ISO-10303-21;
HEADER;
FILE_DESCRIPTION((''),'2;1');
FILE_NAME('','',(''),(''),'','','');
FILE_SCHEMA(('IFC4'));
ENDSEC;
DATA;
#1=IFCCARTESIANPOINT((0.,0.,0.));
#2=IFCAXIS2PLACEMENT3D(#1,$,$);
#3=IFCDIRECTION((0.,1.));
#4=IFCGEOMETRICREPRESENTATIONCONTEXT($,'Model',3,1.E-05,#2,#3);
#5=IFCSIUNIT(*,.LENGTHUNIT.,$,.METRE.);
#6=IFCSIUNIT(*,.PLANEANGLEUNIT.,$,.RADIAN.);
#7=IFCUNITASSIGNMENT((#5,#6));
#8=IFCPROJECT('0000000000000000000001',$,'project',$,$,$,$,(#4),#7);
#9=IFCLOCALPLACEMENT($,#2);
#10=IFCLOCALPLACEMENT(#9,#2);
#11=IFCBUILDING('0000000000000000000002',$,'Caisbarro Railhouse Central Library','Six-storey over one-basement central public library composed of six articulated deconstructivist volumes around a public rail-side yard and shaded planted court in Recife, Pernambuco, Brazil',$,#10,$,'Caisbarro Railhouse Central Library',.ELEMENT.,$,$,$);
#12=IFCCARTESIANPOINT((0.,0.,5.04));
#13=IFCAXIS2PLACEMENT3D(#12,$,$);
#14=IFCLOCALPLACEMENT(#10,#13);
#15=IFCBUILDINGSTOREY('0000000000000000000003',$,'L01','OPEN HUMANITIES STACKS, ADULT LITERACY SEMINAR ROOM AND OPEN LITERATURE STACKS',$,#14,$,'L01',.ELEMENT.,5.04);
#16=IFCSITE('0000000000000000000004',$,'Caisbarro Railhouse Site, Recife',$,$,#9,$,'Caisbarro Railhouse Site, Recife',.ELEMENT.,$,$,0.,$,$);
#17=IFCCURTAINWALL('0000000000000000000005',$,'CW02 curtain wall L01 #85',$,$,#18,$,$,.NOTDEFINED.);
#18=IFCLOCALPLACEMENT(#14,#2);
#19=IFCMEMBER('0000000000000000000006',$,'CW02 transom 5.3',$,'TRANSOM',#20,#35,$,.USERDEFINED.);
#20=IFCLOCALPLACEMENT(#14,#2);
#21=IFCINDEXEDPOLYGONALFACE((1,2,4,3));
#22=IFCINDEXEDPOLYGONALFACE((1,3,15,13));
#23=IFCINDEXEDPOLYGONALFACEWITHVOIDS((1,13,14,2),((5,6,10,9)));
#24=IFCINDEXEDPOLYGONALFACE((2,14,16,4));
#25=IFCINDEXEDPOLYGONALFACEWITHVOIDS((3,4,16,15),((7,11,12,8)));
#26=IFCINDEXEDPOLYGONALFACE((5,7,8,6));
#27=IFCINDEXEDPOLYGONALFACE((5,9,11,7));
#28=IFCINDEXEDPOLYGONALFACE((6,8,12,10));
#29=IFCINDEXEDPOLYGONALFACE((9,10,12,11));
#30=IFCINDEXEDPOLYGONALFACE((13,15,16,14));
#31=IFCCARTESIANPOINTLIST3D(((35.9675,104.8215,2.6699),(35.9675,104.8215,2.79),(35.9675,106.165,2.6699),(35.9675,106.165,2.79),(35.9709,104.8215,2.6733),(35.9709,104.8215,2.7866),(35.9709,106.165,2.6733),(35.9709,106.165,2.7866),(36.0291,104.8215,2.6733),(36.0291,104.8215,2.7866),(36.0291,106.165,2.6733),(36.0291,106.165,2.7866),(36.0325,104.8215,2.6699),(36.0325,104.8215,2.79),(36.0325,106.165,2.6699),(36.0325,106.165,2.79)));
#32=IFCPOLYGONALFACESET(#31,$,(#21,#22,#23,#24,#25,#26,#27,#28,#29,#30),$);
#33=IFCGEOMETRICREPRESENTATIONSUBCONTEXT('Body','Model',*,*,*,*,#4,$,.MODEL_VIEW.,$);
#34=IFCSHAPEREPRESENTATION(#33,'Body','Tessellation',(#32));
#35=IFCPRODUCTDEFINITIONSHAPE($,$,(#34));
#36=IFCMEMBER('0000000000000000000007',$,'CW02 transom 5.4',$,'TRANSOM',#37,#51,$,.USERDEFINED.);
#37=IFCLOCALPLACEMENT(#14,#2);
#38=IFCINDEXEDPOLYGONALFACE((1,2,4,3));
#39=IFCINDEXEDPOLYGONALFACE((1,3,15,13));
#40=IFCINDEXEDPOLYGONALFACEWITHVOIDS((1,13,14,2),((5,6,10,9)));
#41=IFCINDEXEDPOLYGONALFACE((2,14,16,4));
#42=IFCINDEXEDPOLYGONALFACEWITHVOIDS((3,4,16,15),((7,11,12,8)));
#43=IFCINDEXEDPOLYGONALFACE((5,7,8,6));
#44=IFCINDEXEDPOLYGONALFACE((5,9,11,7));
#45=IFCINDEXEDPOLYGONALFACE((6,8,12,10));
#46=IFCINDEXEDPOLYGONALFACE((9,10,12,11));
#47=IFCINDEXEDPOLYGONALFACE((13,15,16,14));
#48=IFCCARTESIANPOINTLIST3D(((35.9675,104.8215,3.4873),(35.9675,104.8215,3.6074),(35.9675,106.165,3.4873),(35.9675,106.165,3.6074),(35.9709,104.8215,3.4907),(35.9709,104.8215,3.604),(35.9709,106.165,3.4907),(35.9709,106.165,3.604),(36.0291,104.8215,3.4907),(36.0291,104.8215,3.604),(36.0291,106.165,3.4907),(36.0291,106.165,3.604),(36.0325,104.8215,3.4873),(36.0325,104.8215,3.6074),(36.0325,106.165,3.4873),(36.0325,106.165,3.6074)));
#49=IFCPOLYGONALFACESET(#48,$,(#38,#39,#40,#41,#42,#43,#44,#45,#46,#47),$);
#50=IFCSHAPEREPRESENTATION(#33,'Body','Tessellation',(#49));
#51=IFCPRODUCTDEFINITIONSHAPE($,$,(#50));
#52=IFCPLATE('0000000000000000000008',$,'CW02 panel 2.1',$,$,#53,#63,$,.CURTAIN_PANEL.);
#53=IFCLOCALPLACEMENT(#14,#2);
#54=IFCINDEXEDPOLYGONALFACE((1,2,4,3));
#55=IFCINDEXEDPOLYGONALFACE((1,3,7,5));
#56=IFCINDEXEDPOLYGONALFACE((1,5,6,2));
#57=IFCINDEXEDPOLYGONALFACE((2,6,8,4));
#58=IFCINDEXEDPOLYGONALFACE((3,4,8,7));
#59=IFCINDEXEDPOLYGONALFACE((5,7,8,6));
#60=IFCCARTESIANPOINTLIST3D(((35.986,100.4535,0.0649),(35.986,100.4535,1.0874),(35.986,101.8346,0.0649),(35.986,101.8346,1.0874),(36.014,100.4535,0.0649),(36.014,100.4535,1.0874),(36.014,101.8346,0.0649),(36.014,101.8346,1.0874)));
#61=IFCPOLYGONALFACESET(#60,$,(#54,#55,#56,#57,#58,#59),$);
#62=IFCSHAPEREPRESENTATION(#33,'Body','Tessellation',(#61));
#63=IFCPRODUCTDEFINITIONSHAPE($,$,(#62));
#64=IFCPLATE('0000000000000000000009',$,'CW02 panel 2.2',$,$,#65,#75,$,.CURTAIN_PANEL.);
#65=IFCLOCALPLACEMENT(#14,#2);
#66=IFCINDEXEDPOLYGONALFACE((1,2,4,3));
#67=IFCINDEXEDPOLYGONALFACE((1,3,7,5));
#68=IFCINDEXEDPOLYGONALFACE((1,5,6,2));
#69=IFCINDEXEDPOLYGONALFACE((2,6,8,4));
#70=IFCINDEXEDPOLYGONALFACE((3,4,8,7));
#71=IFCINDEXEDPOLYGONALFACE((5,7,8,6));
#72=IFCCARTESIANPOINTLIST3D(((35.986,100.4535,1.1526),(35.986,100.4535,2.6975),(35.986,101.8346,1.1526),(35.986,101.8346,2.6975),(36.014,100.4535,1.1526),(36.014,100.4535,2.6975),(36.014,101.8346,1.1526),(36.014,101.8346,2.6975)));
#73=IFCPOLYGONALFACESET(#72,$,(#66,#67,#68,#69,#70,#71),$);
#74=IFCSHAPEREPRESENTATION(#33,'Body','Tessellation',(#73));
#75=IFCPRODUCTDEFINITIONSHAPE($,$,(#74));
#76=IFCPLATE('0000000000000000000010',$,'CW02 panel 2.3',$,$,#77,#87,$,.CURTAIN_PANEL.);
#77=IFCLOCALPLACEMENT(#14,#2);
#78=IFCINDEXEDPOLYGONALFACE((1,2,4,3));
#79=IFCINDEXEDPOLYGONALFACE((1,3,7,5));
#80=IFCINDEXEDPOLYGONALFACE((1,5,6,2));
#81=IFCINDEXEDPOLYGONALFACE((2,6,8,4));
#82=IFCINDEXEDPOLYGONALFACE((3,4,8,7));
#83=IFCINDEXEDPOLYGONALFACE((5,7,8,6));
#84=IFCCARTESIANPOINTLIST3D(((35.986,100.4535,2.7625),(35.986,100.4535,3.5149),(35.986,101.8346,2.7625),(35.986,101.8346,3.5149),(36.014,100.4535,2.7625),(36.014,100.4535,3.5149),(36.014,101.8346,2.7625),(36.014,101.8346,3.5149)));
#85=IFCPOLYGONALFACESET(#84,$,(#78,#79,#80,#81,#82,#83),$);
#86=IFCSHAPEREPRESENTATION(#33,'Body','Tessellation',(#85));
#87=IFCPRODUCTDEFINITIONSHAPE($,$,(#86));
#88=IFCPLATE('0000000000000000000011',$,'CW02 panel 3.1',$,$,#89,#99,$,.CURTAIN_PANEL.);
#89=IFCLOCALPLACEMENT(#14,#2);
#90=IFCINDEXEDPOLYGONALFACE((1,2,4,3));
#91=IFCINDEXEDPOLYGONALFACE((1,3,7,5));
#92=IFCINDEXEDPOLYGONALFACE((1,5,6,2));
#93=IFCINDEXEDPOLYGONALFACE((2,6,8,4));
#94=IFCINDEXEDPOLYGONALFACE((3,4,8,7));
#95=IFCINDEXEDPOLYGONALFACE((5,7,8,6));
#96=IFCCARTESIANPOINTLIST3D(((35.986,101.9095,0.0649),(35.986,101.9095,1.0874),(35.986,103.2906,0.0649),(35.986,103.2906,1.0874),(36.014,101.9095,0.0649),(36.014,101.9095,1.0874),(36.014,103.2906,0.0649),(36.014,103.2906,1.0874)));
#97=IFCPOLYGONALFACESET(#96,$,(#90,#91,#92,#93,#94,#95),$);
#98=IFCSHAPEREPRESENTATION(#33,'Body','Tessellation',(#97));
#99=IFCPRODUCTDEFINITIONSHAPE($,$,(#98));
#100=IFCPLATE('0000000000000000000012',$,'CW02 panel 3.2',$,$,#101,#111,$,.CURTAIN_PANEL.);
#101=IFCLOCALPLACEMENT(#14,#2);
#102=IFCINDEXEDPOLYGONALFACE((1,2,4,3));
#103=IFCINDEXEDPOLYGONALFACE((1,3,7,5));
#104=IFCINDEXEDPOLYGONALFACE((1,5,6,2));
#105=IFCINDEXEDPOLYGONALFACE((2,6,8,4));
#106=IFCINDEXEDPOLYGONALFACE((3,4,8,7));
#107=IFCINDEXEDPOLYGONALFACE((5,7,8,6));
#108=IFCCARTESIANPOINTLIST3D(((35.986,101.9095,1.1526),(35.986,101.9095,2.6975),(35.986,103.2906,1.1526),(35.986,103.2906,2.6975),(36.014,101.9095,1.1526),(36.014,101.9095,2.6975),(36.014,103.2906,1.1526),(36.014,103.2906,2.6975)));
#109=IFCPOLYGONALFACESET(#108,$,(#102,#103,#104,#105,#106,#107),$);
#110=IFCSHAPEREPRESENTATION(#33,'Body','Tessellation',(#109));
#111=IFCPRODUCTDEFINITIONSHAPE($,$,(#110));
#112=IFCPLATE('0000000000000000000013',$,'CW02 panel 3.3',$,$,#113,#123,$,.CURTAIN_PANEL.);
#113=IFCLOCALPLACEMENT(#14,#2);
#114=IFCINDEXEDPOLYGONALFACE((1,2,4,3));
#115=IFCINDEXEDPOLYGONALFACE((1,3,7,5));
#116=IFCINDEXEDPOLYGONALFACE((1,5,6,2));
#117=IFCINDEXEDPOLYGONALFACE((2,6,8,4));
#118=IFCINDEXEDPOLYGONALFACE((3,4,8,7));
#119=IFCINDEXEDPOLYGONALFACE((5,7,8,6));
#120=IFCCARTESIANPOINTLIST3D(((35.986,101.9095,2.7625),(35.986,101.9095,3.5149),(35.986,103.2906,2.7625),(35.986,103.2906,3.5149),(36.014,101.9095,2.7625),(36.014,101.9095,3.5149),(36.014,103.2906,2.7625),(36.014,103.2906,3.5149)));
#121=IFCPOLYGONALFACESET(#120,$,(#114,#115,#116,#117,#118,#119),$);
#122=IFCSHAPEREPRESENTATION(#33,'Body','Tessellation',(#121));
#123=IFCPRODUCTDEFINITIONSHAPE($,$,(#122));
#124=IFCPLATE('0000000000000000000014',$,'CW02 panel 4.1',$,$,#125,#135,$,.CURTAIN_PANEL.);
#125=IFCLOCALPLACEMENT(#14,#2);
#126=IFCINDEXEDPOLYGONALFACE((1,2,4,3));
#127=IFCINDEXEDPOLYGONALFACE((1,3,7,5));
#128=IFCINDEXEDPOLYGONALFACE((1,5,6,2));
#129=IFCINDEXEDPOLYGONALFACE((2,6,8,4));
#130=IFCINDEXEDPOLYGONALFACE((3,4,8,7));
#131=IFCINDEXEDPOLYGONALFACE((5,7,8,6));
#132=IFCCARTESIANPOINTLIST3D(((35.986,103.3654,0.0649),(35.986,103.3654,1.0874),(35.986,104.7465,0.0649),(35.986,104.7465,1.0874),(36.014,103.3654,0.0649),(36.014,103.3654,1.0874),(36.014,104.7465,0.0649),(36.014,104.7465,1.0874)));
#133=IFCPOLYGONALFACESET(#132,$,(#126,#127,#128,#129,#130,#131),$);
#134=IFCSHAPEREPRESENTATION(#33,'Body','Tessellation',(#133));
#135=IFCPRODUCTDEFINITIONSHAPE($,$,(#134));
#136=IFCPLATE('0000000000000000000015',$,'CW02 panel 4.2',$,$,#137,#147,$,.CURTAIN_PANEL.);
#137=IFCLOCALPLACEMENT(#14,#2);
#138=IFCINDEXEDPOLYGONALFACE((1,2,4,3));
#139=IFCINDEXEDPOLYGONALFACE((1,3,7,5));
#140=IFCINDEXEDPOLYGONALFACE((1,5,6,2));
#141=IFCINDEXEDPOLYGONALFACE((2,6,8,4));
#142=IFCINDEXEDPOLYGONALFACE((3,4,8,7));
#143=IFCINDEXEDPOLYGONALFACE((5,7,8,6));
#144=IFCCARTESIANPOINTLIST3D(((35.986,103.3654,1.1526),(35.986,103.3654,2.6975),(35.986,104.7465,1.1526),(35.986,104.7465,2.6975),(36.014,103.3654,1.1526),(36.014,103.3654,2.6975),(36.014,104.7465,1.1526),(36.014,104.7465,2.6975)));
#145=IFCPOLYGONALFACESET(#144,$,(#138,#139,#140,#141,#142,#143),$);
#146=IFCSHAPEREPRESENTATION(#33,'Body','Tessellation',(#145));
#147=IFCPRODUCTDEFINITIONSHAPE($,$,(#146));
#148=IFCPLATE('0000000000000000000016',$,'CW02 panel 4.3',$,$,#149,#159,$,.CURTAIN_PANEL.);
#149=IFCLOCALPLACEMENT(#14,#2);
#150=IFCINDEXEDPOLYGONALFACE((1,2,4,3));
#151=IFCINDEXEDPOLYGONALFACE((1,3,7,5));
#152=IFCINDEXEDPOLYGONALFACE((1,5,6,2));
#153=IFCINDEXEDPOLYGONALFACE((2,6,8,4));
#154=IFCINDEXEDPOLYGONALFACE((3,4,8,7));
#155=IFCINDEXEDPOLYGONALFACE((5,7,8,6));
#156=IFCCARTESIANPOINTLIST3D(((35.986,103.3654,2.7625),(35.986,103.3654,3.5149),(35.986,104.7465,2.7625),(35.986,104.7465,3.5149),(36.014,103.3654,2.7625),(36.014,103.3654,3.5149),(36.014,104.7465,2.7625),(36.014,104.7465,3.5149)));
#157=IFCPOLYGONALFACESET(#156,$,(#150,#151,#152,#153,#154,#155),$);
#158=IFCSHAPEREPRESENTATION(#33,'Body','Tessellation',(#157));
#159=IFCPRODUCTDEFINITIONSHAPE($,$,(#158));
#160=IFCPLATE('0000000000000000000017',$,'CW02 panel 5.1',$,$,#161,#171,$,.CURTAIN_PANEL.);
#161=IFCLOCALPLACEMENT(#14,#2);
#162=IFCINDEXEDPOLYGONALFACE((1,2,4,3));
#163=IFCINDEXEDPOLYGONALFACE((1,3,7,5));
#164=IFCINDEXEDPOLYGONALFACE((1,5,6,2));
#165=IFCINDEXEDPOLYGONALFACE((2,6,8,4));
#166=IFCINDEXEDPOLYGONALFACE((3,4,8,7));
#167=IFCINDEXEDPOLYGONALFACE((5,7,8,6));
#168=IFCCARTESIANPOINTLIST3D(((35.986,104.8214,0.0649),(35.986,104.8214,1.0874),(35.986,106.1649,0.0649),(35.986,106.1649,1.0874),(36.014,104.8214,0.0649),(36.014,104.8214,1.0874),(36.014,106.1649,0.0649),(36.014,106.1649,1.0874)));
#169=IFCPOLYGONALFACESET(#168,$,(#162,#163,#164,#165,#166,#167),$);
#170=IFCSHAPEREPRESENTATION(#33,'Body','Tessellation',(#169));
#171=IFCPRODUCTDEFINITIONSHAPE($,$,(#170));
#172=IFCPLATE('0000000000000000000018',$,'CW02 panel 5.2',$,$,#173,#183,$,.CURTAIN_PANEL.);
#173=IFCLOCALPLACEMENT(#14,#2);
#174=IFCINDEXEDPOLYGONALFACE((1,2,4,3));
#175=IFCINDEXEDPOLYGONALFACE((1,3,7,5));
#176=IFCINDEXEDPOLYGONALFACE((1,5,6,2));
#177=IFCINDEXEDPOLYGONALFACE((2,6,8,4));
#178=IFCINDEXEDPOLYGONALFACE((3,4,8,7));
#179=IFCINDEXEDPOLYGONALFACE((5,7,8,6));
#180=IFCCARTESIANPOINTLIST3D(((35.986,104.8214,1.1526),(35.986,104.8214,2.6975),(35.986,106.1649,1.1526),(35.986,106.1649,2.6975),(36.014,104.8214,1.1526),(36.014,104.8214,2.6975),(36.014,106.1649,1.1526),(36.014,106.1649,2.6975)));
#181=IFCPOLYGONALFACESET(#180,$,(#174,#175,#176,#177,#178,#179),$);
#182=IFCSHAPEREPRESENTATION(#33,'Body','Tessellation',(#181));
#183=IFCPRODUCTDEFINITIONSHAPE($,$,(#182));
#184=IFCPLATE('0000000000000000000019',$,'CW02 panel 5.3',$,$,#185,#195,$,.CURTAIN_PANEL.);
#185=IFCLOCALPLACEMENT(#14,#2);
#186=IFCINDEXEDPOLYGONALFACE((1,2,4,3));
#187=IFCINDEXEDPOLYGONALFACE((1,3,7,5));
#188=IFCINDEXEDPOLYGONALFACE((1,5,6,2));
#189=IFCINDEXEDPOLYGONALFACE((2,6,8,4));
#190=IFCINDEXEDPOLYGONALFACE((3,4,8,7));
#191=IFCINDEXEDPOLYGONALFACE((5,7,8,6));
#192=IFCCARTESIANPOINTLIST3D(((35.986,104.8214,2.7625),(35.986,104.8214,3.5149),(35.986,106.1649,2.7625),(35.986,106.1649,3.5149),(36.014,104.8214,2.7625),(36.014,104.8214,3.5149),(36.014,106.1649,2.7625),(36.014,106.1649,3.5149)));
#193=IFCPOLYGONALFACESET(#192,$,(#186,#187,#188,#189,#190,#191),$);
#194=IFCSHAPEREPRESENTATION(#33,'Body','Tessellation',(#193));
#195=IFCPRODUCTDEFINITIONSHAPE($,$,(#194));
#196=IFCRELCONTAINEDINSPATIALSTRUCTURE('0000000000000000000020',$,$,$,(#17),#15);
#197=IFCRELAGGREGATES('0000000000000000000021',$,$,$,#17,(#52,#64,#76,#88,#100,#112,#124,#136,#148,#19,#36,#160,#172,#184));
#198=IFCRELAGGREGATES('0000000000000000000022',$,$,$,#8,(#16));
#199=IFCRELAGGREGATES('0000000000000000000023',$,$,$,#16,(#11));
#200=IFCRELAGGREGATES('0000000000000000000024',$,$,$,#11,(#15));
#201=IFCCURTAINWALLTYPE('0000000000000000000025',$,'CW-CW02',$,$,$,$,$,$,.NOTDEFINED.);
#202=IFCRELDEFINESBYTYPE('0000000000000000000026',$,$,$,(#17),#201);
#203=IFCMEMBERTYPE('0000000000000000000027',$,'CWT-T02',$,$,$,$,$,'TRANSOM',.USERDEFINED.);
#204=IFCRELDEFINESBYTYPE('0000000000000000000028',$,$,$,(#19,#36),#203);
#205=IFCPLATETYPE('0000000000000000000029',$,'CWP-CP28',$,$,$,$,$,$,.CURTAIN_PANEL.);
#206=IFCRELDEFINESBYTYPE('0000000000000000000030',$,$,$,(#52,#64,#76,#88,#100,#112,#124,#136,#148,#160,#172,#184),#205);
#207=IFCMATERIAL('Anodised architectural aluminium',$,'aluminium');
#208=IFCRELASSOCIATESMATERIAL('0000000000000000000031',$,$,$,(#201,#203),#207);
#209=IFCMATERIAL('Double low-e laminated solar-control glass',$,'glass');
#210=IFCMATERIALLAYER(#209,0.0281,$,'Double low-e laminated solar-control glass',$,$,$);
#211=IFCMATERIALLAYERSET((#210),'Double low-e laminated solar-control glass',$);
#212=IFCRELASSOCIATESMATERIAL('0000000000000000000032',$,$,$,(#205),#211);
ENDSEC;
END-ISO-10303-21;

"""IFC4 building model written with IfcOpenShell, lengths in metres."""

from ifc_helpers import new_model, si_unit, direction, frame, origin, origin_2d, place, context, subcontext, project, spatial, rectangle, hollow_rectangle, extrude, material, layer, layer_set, material_profile, profile_set, type_object, element, aggregate, save


model = new_model("IFC4")

# Units and contexts
model_context = context("Model", 3, precision=1e-05, world=origin(), true_north=direction((0.0, 1.0)))
body_context = subcontext(model_context, "Body", "Model", "MODEL_VIEW")
ifc_project = project(units=[si_unit("LENGTHUNIT", "METRE"), si_unit("PLANEANGLEUNIT", "RADIAN")], contexts=[model_context])

# Site, building, storey
site_placement = place(None, origin())
site = spatial("IfcSite", under=ifc_project, at=site_placement, Name="Caisbarro Railhouse Site, Recife", LongName="Caisbarro Railhouse Site, Recife", CompositionType="ELEMENT", RefElevation=0.0)
building_placement = place(site_placement, origin())
building = spatial("IfcBuilding", under=site, at=building_placement, Name="Caisbarro Railhouse Central Library", Description="Six-storey over one-basement central public library composed of six articulated deconstructivist volumes around a public rail-side yard and shaded planted court in Recife, Pernambuco, Brazil", LongName="Caisbarro Railhouse Central Library", CompositionType="ELEMENT")
storey_placement = place(building_placement, frame((0.0, 0.0, 5.04)))
storey = spatial("IfcBuildingStorey", under=building, at=storey_placement, Name="L01", Description="OPEN HUMANITIES STACKS, ADULT LITERACY SEMINAR ROOM AND OPEN LITERATURE STACKS", LongName="L01", CompositionType="ELEMENT", Elevation=5.04)

# Curtain wall, members, plates
ifc_material_1 = material(Name="Anodised architectural aluminium", Category="aluminium")
curtain_wall_type = type_object("IfcCurtainWallType", Name="CW-CW02", PredefinedType="NOTDEFINED", material=ifc_material_1)
curtain_wall_placement = place(storey_placement, origin())
curtain_wall = element("IfcCurtainWall", 1, at=curtain_wall_placement, inside=storey, type_object=curtain_wall_type, Name="CW02 curtain wall L01 #85", PredefinedType="NOTDEFINED")
ifc_material_profile_1 = material_profile(ifc_material_1, hollow_rectangle(XDim=0.0649, YDim=0.1201, WallThickness=0.0034, at=origin_2d()), Name="ALU-TRN-65X120")
ifc_profile_set_1 = profile_set([ifc_material_profile_1], Name="Anodised architectural aluminium")
member_type_1 = type_object("IfcMemberType", Name="CWT-T02", ElementType="TRANSOM", PredefinedType="USERDEFINED", material=ifc_profile_set_1)
member_1_placement = place(storey_placement, frame((36.0, 104.8215, 2.73), z_axis=(0.0, 1.0, 0.0), x_axis=(-1.0, 0.0, 0.0)))
member_1 = element("IfcMember", 2, at=member_1_placement, type_object=member_type_1, Name="CW02 transom 5.3", ObjectType="TRANSOM", PredefinedType="USERDEFINED", context=body_context, shape_type="SweptSolid", body=[
    extrude(hollow_rectangle(XDim=0.0649, YDim=0.1201, WallThickness=0.0034, at=origin_2d()), origin(), (0.0, 0.0, 1.0), 1.3435),
])
member_2_placement = place(storey_placement, frame((36.0, 104.8215, 3.5474), z_axis=(0.0, 1.0, 0.0), x_axis=(-1.0, 0.0, 0.0)))
member_2 = element("IfcMember", 3, at=member_2_placement, type_object=member_type_1, Name="CW02 transom 5.4", ObjectType="TRANSOM", PredefinedType="USERDEFINED", context=body_context, shape_type="SweptSolid", body=[
    extrude(hollow_rectangle(XDim=0.0649, YDim=0.1201, WallThickness=0.0034, at=origin_2d()), origin(), (0.0, 0.0, 1.0), 1.3435),
])
ifc_material_2 = material(Name="Double low-e laminated solar-control glass", Category="glass")
ifc_layer = layer(ifc_material_2, 0.0281, Name="Double low-e laminated solar-control glass")
ifc_layer_set = layer_set([ifc_layer], Name="Double low-e laminated solar-control glass")
plate_type = type_object("IfcPlateType", Name="CWP-CP28", PredefinedType="CURTAIN_PANEL", material=ifc_layer_set)
plate_1_placement = place(storey_placement, frame((36.0, 101.144, 0.0649), z_axis=(0.0, 0.0, 1.0), x_axis=(0.0, 1.0, 0.0)))
plate_1 = element("IfcPlate", 4, at=plate_1_placement, type_object=plate_type, Name="CW02 panel 2.1", PredefinedType="CURTAIN_PANEL", context=body_context, shape_type="SweptSolid", body=[
    extrude(rectangle(XDim=1.3811, YDim=0.0281, at=origin_2d()), origin(), (0.0, 0.0, 1.0), 1.0225),
])
plate_2_placement = place(storey_placement, frame((36.0, 101.144, 1.1526), z_axis=(0.0, 0.0, 1.0), x_axis=(0.0, 1.0, 0.0)))
plate_2 = element("IfcPlate", 5, at=plate_2_placement, type_object=plate_type, Name="CW02 panel 2.2", PredefinedType="CURTAIN_PANEL", context=body_context, shape_type="SweptSolid", body=[
    extrude(rectangle(XDim=1.3811, YDim=0.0281, at=origin_2d()), origin(), (0.0, 0.0, 1.0), 1.5449),
])
plate_3_placement = place(storey_placement, frame((36.0, 101.144, 2.7625), z_axis=(0.0, 0.0, 1.0), x_axis=(0.0, 1.0, 0.0)))
plate_3 = element("IfcPlate", 6, at=plate_3_placement, type_object=plate_type, Name="CW02 panel 2.3", PredefinedType="CURTAIN_PANEL", context=body_context, shape_type="SweptSolid", body=[
    extrude(rectangle(XDim=1.3811, YDim=0.0281, at=origin_2d()), origin(), (0.0, 0.0, 1.0), 0.7524),
])
plate_4_placement = place(storey_placement, frame((36.0, 102.6001, 0.0649), z_axis=(0.0, 0.0, 1.0), x_axis=(0.0, 1.0, 0.0)))
plate_4 = element("IfcPlate", 7, at=plate_4_placement, type_object=plate_type, Name="CW02 panel 3.1", PredefinedType="CURTAIN_PANEL", context=body_context, shape_type="SweptSolid", body=[
    extrude(rectangle(XDim=1.3811, YDim=0.0281, at=origin_2d()), origin(), (0.0, 0.0, 1.0), 1.0225),
])
plate_5_placement = place(storey_placement, frame((36.0, 102.6001, 1.1526), z_axis=(0.0, 0.0, 1.0), x_axis=(0.0, 1.0, 0.0)))
plate_5 = element("IfcPlate", 8, at=plate_5_placement, type_object=plate_type, Name="CW02 panel 3.2", PredefinedType="CURTAIN_PANEL", context=body_context, shape_type="SweptSolid", body=[
    extrude(rectangle(XDim=1.3811, YDim=0.0281, at=origin_2d()), origin(), (0.0, 0.0, 1.0), 1.5449),
])
plate_6_placement = place(storey_placement, frame((36.0, 102.6001, 2.7625), z_axis=(0.0, 0.0, 1.0), x_axis=(0.0, 1.0, 0.0)))
plate_6 = element("IfcPlate", 9, at=plate_6_placement, type_object=plate_type, Name="CW02 panel 3.3", PredefinedType="CURTAIN_PANEL", context=body_context, shape_type="SweptSolid", body=[
    extrude(rectangle(XDim=1.3811, YDim=0.0281, at=origin_2d()), origin(), (0.0, 0.0, 1.0), 0.7524),
])
plate_7_placement = place(storey_placement, frame((36.0, 104.0559, 0.0649), z_axis=(0.0, 0.0, 1.0), x_axis=(0.0, 1.0, 0.0)))
plate_7 = element("IfcPlate", 10, at=plate_7_placement, type_object=plate_type, Name="CW02 panel 4.1", PredefinedType="CURTAIN_PANEL", context=body_context, shape_type="SweptSolid", body=[
    extrude(rectangle(XDim=1.3811, YDim=0.0281, at=origin_2d()), origin(), (0.0, 0.0, 1.0), 1.0225),
])
plate_8_placement = place(storey_placement, frame((36.0, 104.0559, 1.1526), z_axis=(0.0, 0.0, 1.0), x_axis=(0.0, 1.0, 0.0)))
plate_8 = element("IfcPlate", 11, at=plate_8_placement, type_object=plate_type, Name="CW02 panel 4.2", PredefinedType="CURTAIN_PANEL", context=body_context, shape_type="SweptSolid", body=[
    extrude(rectangle(XDim=1.3811, YDim=0.0281, at=origin_2d()), origin(), (0.0, 0.0, 1.0), 1.5449),
])
plate_9_placement = place(storey_placement, frame((36.0, 104.0559, 2.7625), z_axis=(0.0, 0.0, 1.0), x_axis=(0.0, 1.0, 0.0)))
plate_9 = element("IfcPlate", 12, at=plate_9_placement, type_object=plate_type, Name="CW02 panel 4.3", PredefinedType="CURTAIN_PANEL", context=body_context, shape_type="SweptSolid", body=[
    extrude(rectangle(XDim=1.3811, YDim=0.0281, at=origin_2d()), origin(), (0.0, 0.0, 1.0), 0.7524),
])
plate_10_placement = place(storey_placement, frame((36.0, 105.4932, 0.0649), z_axis=(0.0, 0.0, 1.0), x_axis=(0.0, 1.0, 0.0)))
plate_10 = element("IfcPlate", 13, at=plate_10_placement, type_object=plate_type, Name="CW02 panel 5.1", PredefinedType="CURTAIN_PANEL", context=body_context, shape_type="SweptSolid", body=[
    extrude(rectangle(XDim=1.3435, YDim=0.0281, at=origin_2d()), origin(), (0.0, 0.0, 1.0), 1.0225),
])
plate_11_placement = place(storey_placement, frame((36.0, 105.4932, 1.1526), z_axis=(0.0, 0.0, 1.0), x_axis=(0.0, 1.0, 0.0)))
plate_11 = element("IfcPlate", 14, at=plate_11_placement, type_object=plate_type, Name="CW02 panel 5.2", PredefinedType="CURTAIN_PANEL", context=body_context, shape_type="SweptSolid", body=[
    extrude(rectangle(XDim=1.3435, YDim=0.0281, at=origin_2d()), origin(), (0.0, 0.0, 1.0), 1.5449),
])
plate_12_placement = place(storey_placement, frame((36.0, 105.4932, 2.7625), z_axis=(0.0, 0.0, 1.0), x_axis=(0.0, 1.0, 0.0)))
plate_12 = element("IfcPlate", 15, at=plate_12_placement, type_object=plate_type, Name="CW02 panel 5.3", PredefinedType="CURTAIN_PANEL", context=body_context, shape_type="SweptSolid", body=[
    extrude(rectangle(XDim=1.3435, YDim=0.0281, at=origin_2d()), origin(), (0.0, 0.0, 1.0), 0.7524),
])
aggregate(curtain_wall, [plate_1, plate_2, plate_3, plate_4, plate_5, plate_6, plate_7, plate_8, plate_9, member_1, member_2, plate_10, plate_11, plate_12])

save(model, "model.ifc")
